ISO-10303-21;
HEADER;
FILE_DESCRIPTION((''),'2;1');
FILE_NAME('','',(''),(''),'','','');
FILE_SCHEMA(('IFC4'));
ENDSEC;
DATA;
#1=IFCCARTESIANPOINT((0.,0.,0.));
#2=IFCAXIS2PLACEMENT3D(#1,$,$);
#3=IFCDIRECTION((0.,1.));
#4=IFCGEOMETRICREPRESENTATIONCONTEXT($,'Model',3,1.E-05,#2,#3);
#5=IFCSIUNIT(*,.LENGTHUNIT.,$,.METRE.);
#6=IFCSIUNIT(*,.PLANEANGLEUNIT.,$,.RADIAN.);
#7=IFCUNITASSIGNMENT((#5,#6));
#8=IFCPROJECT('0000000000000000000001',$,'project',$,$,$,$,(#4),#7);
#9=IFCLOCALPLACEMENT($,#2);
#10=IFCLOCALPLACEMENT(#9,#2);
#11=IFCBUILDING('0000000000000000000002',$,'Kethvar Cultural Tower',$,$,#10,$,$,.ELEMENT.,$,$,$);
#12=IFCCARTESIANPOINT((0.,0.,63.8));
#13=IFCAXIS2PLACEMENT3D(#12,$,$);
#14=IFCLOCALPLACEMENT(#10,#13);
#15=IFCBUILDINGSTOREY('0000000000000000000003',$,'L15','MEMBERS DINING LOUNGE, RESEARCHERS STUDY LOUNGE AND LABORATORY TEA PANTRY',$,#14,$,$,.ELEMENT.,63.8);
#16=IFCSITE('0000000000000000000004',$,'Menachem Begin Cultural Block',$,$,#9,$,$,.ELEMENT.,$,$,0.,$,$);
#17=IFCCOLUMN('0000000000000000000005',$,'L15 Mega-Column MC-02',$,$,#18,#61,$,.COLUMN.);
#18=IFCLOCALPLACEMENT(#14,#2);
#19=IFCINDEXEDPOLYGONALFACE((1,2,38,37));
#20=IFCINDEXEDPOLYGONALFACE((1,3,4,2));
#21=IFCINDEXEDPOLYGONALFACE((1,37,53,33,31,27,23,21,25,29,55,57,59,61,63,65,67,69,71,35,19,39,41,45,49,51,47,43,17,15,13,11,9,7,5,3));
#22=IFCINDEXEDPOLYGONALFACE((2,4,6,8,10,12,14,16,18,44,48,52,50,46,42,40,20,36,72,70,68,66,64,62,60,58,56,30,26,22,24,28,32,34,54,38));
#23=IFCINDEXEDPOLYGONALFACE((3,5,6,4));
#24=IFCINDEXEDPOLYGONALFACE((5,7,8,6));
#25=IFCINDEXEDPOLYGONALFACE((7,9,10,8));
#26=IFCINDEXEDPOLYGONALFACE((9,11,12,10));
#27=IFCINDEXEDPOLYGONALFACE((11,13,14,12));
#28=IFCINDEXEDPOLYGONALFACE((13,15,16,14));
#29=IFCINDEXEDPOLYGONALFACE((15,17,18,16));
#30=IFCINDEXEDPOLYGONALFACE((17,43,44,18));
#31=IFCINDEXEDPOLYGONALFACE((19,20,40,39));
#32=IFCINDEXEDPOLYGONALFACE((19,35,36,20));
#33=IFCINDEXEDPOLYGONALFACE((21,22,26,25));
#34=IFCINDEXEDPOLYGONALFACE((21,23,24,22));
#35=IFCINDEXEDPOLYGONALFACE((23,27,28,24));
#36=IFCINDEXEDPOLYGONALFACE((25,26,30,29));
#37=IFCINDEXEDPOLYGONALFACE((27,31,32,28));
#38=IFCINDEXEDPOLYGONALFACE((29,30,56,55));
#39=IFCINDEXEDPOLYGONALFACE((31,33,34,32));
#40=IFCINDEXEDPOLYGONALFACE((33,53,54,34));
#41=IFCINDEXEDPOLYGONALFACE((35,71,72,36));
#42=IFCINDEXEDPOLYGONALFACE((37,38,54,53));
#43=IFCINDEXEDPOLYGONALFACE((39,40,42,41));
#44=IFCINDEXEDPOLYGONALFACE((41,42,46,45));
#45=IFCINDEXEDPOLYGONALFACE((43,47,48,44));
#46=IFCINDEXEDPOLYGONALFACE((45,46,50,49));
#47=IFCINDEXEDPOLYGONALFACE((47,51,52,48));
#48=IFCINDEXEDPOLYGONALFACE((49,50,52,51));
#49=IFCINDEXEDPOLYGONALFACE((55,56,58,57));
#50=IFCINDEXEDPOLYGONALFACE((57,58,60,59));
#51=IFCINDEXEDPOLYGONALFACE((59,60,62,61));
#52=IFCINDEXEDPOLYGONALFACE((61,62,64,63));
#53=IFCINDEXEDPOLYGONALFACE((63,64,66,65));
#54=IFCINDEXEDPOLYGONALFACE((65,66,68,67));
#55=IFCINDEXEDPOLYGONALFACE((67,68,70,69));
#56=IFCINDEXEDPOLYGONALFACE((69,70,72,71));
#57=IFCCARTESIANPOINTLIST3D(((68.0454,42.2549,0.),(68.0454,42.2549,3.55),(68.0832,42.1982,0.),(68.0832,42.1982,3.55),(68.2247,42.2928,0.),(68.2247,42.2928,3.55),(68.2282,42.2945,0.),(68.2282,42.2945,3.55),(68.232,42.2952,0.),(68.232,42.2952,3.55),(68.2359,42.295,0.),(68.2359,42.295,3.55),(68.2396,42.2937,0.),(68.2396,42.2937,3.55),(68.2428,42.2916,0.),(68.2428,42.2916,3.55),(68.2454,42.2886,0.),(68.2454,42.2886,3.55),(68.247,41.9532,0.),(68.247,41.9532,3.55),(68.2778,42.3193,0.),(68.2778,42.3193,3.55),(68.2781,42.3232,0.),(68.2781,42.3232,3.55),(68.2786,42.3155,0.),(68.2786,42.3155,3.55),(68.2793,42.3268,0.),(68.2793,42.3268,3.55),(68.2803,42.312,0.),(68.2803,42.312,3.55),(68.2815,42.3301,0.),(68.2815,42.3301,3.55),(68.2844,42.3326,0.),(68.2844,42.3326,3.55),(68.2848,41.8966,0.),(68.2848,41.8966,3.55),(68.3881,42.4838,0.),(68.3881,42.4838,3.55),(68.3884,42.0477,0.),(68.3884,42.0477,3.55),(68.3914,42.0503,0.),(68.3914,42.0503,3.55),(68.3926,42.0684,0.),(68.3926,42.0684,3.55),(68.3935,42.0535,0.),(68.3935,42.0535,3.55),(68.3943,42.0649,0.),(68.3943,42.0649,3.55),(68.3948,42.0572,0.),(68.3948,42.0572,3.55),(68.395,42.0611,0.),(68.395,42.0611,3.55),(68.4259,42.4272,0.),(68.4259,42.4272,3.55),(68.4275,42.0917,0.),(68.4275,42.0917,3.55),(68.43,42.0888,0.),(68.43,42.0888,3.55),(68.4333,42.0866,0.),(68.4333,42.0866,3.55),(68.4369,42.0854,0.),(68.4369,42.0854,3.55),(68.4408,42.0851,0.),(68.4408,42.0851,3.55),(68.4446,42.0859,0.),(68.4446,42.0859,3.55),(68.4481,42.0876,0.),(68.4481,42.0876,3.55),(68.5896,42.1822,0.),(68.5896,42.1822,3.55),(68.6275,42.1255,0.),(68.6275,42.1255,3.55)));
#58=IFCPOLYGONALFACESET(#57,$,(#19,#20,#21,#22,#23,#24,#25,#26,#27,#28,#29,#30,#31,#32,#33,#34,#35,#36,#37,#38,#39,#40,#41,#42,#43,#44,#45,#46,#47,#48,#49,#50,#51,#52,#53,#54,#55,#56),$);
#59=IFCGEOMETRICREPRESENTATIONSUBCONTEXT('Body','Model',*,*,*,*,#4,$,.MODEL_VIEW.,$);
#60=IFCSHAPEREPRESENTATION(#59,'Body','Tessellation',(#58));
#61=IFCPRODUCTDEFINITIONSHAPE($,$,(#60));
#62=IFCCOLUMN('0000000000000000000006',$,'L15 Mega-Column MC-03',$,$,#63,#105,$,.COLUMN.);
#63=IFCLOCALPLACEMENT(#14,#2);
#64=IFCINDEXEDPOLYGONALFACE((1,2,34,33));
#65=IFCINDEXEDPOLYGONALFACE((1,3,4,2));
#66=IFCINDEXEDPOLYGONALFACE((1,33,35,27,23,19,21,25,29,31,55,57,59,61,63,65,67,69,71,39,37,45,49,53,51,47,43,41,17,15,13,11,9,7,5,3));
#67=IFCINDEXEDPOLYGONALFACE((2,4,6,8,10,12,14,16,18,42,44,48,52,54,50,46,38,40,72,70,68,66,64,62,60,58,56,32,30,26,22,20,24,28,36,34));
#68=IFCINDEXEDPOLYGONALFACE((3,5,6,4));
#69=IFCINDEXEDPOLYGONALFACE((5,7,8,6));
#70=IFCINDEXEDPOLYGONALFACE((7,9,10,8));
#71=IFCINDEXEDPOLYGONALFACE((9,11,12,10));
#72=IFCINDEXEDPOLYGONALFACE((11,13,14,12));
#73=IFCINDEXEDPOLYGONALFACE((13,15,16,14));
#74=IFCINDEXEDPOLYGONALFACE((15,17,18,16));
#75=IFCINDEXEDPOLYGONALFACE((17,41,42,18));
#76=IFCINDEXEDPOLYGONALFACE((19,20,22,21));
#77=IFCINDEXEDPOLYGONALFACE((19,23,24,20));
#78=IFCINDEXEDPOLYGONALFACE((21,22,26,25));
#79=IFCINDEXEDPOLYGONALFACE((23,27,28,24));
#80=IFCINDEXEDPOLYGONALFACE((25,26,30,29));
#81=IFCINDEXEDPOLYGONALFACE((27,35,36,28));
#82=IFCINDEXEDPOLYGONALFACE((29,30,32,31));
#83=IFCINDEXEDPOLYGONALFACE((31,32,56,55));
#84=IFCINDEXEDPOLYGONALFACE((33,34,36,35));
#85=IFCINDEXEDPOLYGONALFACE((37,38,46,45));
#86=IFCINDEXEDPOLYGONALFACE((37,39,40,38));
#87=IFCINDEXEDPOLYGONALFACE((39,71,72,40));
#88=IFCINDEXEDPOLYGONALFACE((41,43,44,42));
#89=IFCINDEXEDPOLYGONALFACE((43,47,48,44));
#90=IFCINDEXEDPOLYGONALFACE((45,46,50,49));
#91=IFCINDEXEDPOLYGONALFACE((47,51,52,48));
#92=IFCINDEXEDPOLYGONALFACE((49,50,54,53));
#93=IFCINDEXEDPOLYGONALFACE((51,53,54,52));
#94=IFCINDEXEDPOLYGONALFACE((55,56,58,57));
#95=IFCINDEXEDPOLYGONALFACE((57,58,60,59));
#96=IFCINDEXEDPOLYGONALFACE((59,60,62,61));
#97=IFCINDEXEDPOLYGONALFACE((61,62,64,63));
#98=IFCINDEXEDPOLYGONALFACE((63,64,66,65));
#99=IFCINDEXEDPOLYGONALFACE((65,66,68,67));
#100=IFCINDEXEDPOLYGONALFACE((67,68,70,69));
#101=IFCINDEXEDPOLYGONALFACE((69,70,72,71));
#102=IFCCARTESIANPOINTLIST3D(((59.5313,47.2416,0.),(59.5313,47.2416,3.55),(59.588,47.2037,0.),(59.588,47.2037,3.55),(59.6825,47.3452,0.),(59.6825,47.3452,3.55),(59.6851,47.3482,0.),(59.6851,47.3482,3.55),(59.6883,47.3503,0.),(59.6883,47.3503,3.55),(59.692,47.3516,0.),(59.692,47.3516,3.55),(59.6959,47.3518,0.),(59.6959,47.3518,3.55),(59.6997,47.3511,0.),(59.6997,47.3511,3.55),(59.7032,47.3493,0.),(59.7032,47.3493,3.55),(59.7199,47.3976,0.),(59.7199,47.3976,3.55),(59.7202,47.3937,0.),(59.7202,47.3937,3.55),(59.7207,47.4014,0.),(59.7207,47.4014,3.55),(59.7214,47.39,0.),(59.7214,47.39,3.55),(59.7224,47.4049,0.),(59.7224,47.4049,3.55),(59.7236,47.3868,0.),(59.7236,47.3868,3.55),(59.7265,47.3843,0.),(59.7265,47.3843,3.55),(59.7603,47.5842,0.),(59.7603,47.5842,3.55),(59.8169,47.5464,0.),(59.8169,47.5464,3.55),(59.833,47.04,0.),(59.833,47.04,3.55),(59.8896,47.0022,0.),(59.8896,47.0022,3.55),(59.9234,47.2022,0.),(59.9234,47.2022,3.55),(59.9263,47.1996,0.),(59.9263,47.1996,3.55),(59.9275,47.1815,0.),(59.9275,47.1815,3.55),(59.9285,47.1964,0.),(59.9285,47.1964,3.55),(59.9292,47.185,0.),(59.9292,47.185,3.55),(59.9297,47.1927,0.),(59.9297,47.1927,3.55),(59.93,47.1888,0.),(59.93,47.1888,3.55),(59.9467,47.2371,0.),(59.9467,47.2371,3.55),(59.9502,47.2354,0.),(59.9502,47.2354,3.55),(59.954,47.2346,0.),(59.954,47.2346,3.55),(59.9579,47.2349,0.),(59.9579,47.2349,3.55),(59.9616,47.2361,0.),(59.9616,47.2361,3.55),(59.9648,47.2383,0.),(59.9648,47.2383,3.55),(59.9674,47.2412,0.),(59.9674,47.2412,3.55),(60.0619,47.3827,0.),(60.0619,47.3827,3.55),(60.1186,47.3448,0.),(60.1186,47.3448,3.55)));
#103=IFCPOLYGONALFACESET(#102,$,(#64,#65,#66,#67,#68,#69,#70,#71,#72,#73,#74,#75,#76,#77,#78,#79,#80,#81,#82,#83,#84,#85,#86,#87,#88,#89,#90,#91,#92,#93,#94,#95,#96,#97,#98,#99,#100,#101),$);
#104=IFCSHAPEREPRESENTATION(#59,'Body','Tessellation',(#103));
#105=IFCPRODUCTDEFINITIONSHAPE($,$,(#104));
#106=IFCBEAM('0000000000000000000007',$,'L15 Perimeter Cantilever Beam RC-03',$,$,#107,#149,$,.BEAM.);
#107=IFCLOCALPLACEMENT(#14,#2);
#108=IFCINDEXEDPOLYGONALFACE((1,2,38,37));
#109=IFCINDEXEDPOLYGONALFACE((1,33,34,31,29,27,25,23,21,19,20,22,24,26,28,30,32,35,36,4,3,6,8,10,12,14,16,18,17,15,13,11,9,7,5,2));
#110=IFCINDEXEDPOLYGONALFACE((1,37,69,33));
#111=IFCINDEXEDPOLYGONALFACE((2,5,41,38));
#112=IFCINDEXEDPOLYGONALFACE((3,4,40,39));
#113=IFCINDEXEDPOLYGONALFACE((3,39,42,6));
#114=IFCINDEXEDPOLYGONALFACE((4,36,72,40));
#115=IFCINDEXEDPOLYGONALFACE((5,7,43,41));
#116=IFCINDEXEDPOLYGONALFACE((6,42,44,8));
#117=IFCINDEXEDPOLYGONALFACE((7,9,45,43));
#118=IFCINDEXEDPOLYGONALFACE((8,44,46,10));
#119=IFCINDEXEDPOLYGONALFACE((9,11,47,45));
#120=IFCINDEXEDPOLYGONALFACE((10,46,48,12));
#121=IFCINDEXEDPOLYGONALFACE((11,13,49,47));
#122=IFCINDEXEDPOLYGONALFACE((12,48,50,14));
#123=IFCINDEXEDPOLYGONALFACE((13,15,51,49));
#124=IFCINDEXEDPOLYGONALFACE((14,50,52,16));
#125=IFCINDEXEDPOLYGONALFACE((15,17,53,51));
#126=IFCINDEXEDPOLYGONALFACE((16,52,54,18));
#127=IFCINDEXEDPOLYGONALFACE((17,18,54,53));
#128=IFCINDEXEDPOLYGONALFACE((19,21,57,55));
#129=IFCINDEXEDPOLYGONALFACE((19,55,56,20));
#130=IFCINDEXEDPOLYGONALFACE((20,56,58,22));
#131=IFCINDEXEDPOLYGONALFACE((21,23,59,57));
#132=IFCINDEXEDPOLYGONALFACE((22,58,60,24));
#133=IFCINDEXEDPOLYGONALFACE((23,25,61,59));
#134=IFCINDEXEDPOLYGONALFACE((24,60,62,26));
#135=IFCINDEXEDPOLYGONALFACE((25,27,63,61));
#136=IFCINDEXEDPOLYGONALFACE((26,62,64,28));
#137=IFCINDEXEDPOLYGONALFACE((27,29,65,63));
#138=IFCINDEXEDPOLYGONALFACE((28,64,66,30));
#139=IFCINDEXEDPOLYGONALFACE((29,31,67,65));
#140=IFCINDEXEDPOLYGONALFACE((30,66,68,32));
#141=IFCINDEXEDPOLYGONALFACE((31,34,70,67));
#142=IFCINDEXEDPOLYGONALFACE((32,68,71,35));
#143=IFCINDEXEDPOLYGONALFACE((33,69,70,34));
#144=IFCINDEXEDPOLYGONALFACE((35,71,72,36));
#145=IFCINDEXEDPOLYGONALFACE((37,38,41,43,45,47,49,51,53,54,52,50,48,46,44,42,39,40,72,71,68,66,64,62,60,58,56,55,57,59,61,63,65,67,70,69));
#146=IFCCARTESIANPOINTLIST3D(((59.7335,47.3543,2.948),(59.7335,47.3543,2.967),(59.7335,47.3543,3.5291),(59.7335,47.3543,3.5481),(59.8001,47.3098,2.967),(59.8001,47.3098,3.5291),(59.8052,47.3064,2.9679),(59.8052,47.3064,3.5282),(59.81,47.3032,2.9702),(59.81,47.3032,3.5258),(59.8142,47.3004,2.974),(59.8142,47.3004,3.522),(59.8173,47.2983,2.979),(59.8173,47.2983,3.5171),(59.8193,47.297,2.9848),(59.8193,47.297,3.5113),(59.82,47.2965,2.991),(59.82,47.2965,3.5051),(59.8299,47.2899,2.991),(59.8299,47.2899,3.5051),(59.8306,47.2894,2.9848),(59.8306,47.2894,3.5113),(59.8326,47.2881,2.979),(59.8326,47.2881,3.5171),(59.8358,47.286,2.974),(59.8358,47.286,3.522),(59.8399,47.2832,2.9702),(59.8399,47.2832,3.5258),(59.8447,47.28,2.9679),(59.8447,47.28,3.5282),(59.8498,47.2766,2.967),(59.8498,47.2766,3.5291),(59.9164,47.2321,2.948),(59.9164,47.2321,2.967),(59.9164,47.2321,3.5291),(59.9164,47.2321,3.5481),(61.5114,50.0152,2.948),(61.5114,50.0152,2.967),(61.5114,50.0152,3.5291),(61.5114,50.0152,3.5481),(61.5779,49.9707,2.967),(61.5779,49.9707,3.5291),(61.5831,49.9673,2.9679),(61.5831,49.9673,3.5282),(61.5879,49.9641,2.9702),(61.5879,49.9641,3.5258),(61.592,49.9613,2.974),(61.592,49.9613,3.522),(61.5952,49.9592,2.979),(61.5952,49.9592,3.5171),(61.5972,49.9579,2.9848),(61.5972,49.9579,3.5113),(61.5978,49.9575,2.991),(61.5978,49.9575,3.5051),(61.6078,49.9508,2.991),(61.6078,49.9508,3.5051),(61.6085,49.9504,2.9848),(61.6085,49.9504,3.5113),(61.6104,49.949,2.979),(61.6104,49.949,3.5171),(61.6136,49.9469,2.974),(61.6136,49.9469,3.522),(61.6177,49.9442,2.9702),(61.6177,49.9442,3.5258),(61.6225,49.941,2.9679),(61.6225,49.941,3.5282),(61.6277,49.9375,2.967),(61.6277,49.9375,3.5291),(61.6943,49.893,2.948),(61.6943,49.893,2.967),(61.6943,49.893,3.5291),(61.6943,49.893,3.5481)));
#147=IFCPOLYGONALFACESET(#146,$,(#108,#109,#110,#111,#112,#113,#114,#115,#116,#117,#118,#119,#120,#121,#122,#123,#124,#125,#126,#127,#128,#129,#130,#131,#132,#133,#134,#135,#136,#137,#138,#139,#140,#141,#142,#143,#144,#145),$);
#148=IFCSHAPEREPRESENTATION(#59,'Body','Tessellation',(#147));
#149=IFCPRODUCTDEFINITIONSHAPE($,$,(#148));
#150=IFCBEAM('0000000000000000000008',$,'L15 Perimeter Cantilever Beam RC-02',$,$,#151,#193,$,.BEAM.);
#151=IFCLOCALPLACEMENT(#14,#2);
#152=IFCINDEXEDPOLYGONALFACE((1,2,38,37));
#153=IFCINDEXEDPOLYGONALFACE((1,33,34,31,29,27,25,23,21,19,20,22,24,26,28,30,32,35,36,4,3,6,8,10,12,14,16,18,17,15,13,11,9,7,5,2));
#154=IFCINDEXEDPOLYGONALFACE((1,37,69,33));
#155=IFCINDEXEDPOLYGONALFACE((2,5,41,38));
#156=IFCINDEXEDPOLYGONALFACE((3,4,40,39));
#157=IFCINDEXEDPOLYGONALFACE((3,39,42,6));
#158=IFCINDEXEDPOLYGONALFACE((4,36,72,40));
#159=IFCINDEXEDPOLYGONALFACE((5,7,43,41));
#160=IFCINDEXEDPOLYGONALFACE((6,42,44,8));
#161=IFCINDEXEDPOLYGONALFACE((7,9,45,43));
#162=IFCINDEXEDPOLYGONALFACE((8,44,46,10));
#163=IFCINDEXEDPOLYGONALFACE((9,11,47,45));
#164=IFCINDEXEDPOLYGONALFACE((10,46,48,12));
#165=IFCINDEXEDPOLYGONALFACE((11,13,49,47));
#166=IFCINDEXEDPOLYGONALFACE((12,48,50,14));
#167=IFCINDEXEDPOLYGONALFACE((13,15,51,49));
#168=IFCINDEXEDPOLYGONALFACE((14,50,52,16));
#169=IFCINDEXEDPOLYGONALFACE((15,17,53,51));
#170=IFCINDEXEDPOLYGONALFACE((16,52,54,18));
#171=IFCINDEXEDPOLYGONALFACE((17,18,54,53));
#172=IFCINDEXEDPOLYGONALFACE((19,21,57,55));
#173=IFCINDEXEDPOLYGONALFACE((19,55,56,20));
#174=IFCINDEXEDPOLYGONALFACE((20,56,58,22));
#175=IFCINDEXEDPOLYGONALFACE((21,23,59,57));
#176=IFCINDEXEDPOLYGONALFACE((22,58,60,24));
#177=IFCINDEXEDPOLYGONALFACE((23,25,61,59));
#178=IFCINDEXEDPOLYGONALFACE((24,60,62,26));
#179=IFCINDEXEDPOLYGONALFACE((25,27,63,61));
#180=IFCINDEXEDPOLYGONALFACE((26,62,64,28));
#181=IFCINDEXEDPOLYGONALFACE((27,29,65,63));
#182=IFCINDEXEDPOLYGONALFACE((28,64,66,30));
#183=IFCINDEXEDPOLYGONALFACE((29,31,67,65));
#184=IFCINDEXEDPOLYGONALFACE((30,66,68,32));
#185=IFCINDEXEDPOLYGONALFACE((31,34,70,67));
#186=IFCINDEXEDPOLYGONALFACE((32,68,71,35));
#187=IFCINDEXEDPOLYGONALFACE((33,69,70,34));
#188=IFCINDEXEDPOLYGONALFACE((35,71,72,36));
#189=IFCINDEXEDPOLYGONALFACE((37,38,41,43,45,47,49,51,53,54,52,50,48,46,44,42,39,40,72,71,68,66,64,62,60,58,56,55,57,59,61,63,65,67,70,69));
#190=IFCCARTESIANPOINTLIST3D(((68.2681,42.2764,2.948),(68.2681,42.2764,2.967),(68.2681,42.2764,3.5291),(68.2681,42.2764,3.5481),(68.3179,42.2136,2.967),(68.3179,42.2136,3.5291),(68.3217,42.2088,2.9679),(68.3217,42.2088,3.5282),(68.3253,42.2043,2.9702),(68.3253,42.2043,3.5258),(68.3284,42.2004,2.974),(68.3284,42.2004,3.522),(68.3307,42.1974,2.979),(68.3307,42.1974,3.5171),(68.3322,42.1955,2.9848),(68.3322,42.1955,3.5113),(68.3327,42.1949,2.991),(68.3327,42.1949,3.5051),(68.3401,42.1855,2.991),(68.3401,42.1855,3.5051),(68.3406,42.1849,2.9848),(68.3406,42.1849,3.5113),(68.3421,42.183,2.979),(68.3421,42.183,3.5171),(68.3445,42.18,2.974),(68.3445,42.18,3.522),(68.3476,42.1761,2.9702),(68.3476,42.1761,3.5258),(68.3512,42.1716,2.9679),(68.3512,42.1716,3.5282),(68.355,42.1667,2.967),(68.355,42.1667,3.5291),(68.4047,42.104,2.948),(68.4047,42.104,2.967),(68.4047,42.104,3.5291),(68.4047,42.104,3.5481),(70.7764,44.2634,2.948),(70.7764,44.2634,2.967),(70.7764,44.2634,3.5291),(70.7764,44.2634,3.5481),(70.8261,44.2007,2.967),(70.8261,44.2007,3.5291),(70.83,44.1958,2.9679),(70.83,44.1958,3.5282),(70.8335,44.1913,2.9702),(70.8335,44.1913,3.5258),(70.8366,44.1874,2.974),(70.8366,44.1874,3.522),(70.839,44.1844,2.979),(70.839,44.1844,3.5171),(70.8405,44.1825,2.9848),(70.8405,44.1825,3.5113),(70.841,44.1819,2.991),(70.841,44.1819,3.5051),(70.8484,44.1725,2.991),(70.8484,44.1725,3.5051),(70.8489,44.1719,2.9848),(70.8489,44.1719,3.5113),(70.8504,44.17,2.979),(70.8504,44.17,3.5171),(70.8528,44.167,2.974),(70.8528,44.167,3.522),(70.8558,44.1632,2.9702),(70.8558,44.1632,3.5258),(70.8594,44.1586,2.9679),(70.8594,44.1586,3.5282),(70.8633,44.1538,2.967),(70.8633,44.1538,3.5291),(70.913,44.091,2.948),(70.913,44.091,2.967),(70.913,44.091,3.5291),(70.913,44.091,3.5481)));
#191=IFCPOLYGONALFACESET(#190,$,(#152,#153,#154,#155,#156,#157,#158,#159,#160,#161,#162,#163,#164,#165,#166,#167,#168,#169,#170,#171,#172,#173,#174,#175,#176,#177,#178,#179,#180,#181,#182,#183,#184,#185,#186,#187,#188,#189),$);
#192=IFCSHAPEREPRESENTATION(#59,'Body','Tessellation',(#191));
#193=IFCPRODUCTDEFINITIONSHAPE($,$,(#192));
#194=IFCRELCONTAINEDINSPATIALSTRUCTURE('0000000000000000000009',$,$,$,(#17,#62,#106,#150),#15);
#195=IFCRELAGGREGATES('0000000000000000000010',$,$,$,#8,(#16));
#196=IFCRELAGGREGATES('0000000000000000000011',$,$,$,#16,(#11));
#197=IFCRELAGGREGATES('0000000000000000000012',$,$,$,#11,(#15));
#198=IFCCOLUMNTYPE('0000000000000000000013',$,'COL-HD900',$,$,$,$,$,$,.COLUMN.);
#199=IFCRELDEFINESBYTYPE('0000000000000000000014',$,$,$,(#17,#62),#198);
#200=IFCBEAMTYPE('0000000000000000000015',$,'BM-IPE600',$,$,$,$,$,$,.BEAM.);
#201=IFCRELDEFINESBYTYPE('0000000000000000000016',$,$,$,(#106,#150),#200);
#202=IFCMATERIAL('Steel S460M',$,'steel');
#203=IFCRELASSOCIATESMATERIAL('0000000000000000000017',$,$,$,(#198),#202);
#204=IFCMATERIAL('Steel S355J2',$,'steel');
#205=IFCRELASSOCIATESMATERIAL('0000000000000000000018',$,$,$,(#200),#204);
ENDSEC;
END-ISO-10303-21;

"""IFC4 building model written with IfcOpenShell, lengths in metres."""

from ifc_helpers import new_model, si_unit, direction, frame, origin, origin_2d, place, context, subcontext, project, spatial, i_section, extrude, source, transform, mapped, material, material_profile, profile_set, type_object, element, save


model = new_model("IFC4")

# Units and contexts
model_context = context("Model", 3, precision=1e-05, world=origin(), true_north=direction((0.0, 1.0)))
body_context = subcontext(model_context, "Body", "Model", "MODEL_VIEW")
ifc_project = project(units=[si_unit("LENGTHUNIT", "METRE"), si_unit("PLANEANGLEUNIT", "RADIAN")], contexts=[model_context])

# Site, building, storey
site_placement = place(None, origin())
site = spatial("IfcSite", under=ifc_project, at=site_placement, Name="Menachem Begin Cultural Block", CompositionType="ELEMENT", RefElevation=0.0)
building_placement = place(site_placement, origin())
building = spatial("IfcBuilding", under=site, at=building_placement, Name="Kethvar Cultural Tower", CompositionType="ELEMENT")
storey_placement = place(building_placement, frame((0.0, 0.0, 63.8)))
storey = spatial("IfcBuildingStorey", under=building, at=storey_placement, Name="L15", Description="MEMBERS DINING LOUNGE, RESEARCHERS STUDY LOUNGE AND LABORATORY TEA PANTRY", CompositionType="ELEMENT", Elevation=63.8)

# Columns
ifc_material_1 = material(Name="Steel S460M", Category="steel")
ifc_material_profile_1 = material_profile(ifc_material_1, i_section(OverallWidth=0.4121, OverallDepth=0.4309, WebThickness=0.042, FlangeThickness=0.0681, FilletRadius=0.0149, at=origin_2d()), Name="Steel S460M — HD400x900")
ifc_profile_set_1 = profile_set([ifc_material_profile_1], Name="Steel S460M — HD400x900")
column_type = type_object("IfcColumnType", Name="COL-HD900", PredefinedType="COLUMN", material=ifc_profile_set_1)
shared_shape_1 = source(origin(), body_context, "Body", "SweptSolid", [
    extrude(i_section(OverallWidth=0.4121, OverallDepth=0.4309, WebThickness=0.042, FlangeThickness=0.0681, FilletRadius=0.0149, at=origin_2d()), origin(), (0.0, 0.0, 1.0), 3.55),
])
for number, where, z_axis, x_axis, name in (
    (1, (68.3364, 42.1902, 0.0), (0.0, 0.0, 1.0), (0.83147, 0.55557, 0.0), "L15 Mega-Column MC-02"),
    (2, (59.825, 47.2932, 0.0), (0.0, 0.0, 1.0), (0.55557, 0.83147, 0.0), "L15 Mega-Column MC-03"),
):
    element("IfcColumn", number, at=place(storey_placement, frame(where, z_axis=z_axis, x_axis=x_axis)), inside=storey, type_object=column_type, Name=name, PredefinedType="COLUMN", context=body_context, shape_type="MappedRepresentation", body=[
        mapped(shared_shape_1, transform((0.0, 0.0, 0.0), scale=1.0)),
    ])

# Beams
ifc_material_2 = material(Name="Steel S355J2", Category="steel")
ifc_material_profile_2 = material_profile(ifc_material_2, i_section(OverallWidth=0.22, OverallDepth=0.6001, WebThickness=0.012, FlangeThickness=0.019, FilletRadius=0.0239, at=origin_2d()), Name="Steel S355J2 — IPE600")
ifc_profile_set_2 = profile_set([ifc_material_profile_2], Name="Steel S355J2 — IPE600")
beam_type_1 = type_object("IfcBeamType", Name="BM-IPE600", PredefinedType="BEAM", material=ifc_profile_set_2)
shared_shape_2 = source(origin(), body_context, "Body", "SweptSolid", [
    extrude(i_section(OverallWidth=0.22, OverallDepth=0.6001, WebThickness=0.012, FlangeThickness=0.019, FilletRadius=0.0239, at=origin_2d()), origin(), (0.0, 0.0, 1.0), 3.2002),
])
beam_1_placement = place(storey_placement, frame((59.825, 47.2932, 3.248), z_axis=(0.555545, 0.831486, 0.0), x_axis=(-0.831486, 0.555545, 0.0)))
element("IfcBeam", 3, at=beam_1_placement, inside=storey, type_object=beam_type_1, Name="L15 Perimeter Cantilever Beam RC-03", PredefinedType="BEAM", context=body_context, shape_type="MappedRepresentation", body=[
    mapped(shared_shape_2, transform((0.0, 0.0, 0.0), scale=1.0)),
])
shared_shape_3 = source(origin(), body_context, "Body", "SweptSolid", [
    extrude(i_section(OverallWidth=0.22, OverallDepth=0.6001, WebThickness=0.012, FlangeThickness=0.019, FilletRadius=0.0239, at=origin_2d()), origin(), (0.0, 0.0, 1.0), 3.2),
])
beam_2_placement = place(storey_placement, frame((68.3364, 42.1902, 3.248), z_axis=(0.783845, 0.620957, 0.0), x_axis=(-0.620957, 0.783845, 0.0)))
element("IfcBeam", 4, at=beam_2_placement, inside=storey, type_object=beam_type_1, Name="L15 Perimeter Cantilever Beam RC-02", PredefinedType="BEAM", context=body_context, shape_type="MappedRepresentation", body=[
    mapped(shared_shape_3, transform((0.0, 0.0, 0.0), scale=1.0)),
])

save(model, "model.ifc")
